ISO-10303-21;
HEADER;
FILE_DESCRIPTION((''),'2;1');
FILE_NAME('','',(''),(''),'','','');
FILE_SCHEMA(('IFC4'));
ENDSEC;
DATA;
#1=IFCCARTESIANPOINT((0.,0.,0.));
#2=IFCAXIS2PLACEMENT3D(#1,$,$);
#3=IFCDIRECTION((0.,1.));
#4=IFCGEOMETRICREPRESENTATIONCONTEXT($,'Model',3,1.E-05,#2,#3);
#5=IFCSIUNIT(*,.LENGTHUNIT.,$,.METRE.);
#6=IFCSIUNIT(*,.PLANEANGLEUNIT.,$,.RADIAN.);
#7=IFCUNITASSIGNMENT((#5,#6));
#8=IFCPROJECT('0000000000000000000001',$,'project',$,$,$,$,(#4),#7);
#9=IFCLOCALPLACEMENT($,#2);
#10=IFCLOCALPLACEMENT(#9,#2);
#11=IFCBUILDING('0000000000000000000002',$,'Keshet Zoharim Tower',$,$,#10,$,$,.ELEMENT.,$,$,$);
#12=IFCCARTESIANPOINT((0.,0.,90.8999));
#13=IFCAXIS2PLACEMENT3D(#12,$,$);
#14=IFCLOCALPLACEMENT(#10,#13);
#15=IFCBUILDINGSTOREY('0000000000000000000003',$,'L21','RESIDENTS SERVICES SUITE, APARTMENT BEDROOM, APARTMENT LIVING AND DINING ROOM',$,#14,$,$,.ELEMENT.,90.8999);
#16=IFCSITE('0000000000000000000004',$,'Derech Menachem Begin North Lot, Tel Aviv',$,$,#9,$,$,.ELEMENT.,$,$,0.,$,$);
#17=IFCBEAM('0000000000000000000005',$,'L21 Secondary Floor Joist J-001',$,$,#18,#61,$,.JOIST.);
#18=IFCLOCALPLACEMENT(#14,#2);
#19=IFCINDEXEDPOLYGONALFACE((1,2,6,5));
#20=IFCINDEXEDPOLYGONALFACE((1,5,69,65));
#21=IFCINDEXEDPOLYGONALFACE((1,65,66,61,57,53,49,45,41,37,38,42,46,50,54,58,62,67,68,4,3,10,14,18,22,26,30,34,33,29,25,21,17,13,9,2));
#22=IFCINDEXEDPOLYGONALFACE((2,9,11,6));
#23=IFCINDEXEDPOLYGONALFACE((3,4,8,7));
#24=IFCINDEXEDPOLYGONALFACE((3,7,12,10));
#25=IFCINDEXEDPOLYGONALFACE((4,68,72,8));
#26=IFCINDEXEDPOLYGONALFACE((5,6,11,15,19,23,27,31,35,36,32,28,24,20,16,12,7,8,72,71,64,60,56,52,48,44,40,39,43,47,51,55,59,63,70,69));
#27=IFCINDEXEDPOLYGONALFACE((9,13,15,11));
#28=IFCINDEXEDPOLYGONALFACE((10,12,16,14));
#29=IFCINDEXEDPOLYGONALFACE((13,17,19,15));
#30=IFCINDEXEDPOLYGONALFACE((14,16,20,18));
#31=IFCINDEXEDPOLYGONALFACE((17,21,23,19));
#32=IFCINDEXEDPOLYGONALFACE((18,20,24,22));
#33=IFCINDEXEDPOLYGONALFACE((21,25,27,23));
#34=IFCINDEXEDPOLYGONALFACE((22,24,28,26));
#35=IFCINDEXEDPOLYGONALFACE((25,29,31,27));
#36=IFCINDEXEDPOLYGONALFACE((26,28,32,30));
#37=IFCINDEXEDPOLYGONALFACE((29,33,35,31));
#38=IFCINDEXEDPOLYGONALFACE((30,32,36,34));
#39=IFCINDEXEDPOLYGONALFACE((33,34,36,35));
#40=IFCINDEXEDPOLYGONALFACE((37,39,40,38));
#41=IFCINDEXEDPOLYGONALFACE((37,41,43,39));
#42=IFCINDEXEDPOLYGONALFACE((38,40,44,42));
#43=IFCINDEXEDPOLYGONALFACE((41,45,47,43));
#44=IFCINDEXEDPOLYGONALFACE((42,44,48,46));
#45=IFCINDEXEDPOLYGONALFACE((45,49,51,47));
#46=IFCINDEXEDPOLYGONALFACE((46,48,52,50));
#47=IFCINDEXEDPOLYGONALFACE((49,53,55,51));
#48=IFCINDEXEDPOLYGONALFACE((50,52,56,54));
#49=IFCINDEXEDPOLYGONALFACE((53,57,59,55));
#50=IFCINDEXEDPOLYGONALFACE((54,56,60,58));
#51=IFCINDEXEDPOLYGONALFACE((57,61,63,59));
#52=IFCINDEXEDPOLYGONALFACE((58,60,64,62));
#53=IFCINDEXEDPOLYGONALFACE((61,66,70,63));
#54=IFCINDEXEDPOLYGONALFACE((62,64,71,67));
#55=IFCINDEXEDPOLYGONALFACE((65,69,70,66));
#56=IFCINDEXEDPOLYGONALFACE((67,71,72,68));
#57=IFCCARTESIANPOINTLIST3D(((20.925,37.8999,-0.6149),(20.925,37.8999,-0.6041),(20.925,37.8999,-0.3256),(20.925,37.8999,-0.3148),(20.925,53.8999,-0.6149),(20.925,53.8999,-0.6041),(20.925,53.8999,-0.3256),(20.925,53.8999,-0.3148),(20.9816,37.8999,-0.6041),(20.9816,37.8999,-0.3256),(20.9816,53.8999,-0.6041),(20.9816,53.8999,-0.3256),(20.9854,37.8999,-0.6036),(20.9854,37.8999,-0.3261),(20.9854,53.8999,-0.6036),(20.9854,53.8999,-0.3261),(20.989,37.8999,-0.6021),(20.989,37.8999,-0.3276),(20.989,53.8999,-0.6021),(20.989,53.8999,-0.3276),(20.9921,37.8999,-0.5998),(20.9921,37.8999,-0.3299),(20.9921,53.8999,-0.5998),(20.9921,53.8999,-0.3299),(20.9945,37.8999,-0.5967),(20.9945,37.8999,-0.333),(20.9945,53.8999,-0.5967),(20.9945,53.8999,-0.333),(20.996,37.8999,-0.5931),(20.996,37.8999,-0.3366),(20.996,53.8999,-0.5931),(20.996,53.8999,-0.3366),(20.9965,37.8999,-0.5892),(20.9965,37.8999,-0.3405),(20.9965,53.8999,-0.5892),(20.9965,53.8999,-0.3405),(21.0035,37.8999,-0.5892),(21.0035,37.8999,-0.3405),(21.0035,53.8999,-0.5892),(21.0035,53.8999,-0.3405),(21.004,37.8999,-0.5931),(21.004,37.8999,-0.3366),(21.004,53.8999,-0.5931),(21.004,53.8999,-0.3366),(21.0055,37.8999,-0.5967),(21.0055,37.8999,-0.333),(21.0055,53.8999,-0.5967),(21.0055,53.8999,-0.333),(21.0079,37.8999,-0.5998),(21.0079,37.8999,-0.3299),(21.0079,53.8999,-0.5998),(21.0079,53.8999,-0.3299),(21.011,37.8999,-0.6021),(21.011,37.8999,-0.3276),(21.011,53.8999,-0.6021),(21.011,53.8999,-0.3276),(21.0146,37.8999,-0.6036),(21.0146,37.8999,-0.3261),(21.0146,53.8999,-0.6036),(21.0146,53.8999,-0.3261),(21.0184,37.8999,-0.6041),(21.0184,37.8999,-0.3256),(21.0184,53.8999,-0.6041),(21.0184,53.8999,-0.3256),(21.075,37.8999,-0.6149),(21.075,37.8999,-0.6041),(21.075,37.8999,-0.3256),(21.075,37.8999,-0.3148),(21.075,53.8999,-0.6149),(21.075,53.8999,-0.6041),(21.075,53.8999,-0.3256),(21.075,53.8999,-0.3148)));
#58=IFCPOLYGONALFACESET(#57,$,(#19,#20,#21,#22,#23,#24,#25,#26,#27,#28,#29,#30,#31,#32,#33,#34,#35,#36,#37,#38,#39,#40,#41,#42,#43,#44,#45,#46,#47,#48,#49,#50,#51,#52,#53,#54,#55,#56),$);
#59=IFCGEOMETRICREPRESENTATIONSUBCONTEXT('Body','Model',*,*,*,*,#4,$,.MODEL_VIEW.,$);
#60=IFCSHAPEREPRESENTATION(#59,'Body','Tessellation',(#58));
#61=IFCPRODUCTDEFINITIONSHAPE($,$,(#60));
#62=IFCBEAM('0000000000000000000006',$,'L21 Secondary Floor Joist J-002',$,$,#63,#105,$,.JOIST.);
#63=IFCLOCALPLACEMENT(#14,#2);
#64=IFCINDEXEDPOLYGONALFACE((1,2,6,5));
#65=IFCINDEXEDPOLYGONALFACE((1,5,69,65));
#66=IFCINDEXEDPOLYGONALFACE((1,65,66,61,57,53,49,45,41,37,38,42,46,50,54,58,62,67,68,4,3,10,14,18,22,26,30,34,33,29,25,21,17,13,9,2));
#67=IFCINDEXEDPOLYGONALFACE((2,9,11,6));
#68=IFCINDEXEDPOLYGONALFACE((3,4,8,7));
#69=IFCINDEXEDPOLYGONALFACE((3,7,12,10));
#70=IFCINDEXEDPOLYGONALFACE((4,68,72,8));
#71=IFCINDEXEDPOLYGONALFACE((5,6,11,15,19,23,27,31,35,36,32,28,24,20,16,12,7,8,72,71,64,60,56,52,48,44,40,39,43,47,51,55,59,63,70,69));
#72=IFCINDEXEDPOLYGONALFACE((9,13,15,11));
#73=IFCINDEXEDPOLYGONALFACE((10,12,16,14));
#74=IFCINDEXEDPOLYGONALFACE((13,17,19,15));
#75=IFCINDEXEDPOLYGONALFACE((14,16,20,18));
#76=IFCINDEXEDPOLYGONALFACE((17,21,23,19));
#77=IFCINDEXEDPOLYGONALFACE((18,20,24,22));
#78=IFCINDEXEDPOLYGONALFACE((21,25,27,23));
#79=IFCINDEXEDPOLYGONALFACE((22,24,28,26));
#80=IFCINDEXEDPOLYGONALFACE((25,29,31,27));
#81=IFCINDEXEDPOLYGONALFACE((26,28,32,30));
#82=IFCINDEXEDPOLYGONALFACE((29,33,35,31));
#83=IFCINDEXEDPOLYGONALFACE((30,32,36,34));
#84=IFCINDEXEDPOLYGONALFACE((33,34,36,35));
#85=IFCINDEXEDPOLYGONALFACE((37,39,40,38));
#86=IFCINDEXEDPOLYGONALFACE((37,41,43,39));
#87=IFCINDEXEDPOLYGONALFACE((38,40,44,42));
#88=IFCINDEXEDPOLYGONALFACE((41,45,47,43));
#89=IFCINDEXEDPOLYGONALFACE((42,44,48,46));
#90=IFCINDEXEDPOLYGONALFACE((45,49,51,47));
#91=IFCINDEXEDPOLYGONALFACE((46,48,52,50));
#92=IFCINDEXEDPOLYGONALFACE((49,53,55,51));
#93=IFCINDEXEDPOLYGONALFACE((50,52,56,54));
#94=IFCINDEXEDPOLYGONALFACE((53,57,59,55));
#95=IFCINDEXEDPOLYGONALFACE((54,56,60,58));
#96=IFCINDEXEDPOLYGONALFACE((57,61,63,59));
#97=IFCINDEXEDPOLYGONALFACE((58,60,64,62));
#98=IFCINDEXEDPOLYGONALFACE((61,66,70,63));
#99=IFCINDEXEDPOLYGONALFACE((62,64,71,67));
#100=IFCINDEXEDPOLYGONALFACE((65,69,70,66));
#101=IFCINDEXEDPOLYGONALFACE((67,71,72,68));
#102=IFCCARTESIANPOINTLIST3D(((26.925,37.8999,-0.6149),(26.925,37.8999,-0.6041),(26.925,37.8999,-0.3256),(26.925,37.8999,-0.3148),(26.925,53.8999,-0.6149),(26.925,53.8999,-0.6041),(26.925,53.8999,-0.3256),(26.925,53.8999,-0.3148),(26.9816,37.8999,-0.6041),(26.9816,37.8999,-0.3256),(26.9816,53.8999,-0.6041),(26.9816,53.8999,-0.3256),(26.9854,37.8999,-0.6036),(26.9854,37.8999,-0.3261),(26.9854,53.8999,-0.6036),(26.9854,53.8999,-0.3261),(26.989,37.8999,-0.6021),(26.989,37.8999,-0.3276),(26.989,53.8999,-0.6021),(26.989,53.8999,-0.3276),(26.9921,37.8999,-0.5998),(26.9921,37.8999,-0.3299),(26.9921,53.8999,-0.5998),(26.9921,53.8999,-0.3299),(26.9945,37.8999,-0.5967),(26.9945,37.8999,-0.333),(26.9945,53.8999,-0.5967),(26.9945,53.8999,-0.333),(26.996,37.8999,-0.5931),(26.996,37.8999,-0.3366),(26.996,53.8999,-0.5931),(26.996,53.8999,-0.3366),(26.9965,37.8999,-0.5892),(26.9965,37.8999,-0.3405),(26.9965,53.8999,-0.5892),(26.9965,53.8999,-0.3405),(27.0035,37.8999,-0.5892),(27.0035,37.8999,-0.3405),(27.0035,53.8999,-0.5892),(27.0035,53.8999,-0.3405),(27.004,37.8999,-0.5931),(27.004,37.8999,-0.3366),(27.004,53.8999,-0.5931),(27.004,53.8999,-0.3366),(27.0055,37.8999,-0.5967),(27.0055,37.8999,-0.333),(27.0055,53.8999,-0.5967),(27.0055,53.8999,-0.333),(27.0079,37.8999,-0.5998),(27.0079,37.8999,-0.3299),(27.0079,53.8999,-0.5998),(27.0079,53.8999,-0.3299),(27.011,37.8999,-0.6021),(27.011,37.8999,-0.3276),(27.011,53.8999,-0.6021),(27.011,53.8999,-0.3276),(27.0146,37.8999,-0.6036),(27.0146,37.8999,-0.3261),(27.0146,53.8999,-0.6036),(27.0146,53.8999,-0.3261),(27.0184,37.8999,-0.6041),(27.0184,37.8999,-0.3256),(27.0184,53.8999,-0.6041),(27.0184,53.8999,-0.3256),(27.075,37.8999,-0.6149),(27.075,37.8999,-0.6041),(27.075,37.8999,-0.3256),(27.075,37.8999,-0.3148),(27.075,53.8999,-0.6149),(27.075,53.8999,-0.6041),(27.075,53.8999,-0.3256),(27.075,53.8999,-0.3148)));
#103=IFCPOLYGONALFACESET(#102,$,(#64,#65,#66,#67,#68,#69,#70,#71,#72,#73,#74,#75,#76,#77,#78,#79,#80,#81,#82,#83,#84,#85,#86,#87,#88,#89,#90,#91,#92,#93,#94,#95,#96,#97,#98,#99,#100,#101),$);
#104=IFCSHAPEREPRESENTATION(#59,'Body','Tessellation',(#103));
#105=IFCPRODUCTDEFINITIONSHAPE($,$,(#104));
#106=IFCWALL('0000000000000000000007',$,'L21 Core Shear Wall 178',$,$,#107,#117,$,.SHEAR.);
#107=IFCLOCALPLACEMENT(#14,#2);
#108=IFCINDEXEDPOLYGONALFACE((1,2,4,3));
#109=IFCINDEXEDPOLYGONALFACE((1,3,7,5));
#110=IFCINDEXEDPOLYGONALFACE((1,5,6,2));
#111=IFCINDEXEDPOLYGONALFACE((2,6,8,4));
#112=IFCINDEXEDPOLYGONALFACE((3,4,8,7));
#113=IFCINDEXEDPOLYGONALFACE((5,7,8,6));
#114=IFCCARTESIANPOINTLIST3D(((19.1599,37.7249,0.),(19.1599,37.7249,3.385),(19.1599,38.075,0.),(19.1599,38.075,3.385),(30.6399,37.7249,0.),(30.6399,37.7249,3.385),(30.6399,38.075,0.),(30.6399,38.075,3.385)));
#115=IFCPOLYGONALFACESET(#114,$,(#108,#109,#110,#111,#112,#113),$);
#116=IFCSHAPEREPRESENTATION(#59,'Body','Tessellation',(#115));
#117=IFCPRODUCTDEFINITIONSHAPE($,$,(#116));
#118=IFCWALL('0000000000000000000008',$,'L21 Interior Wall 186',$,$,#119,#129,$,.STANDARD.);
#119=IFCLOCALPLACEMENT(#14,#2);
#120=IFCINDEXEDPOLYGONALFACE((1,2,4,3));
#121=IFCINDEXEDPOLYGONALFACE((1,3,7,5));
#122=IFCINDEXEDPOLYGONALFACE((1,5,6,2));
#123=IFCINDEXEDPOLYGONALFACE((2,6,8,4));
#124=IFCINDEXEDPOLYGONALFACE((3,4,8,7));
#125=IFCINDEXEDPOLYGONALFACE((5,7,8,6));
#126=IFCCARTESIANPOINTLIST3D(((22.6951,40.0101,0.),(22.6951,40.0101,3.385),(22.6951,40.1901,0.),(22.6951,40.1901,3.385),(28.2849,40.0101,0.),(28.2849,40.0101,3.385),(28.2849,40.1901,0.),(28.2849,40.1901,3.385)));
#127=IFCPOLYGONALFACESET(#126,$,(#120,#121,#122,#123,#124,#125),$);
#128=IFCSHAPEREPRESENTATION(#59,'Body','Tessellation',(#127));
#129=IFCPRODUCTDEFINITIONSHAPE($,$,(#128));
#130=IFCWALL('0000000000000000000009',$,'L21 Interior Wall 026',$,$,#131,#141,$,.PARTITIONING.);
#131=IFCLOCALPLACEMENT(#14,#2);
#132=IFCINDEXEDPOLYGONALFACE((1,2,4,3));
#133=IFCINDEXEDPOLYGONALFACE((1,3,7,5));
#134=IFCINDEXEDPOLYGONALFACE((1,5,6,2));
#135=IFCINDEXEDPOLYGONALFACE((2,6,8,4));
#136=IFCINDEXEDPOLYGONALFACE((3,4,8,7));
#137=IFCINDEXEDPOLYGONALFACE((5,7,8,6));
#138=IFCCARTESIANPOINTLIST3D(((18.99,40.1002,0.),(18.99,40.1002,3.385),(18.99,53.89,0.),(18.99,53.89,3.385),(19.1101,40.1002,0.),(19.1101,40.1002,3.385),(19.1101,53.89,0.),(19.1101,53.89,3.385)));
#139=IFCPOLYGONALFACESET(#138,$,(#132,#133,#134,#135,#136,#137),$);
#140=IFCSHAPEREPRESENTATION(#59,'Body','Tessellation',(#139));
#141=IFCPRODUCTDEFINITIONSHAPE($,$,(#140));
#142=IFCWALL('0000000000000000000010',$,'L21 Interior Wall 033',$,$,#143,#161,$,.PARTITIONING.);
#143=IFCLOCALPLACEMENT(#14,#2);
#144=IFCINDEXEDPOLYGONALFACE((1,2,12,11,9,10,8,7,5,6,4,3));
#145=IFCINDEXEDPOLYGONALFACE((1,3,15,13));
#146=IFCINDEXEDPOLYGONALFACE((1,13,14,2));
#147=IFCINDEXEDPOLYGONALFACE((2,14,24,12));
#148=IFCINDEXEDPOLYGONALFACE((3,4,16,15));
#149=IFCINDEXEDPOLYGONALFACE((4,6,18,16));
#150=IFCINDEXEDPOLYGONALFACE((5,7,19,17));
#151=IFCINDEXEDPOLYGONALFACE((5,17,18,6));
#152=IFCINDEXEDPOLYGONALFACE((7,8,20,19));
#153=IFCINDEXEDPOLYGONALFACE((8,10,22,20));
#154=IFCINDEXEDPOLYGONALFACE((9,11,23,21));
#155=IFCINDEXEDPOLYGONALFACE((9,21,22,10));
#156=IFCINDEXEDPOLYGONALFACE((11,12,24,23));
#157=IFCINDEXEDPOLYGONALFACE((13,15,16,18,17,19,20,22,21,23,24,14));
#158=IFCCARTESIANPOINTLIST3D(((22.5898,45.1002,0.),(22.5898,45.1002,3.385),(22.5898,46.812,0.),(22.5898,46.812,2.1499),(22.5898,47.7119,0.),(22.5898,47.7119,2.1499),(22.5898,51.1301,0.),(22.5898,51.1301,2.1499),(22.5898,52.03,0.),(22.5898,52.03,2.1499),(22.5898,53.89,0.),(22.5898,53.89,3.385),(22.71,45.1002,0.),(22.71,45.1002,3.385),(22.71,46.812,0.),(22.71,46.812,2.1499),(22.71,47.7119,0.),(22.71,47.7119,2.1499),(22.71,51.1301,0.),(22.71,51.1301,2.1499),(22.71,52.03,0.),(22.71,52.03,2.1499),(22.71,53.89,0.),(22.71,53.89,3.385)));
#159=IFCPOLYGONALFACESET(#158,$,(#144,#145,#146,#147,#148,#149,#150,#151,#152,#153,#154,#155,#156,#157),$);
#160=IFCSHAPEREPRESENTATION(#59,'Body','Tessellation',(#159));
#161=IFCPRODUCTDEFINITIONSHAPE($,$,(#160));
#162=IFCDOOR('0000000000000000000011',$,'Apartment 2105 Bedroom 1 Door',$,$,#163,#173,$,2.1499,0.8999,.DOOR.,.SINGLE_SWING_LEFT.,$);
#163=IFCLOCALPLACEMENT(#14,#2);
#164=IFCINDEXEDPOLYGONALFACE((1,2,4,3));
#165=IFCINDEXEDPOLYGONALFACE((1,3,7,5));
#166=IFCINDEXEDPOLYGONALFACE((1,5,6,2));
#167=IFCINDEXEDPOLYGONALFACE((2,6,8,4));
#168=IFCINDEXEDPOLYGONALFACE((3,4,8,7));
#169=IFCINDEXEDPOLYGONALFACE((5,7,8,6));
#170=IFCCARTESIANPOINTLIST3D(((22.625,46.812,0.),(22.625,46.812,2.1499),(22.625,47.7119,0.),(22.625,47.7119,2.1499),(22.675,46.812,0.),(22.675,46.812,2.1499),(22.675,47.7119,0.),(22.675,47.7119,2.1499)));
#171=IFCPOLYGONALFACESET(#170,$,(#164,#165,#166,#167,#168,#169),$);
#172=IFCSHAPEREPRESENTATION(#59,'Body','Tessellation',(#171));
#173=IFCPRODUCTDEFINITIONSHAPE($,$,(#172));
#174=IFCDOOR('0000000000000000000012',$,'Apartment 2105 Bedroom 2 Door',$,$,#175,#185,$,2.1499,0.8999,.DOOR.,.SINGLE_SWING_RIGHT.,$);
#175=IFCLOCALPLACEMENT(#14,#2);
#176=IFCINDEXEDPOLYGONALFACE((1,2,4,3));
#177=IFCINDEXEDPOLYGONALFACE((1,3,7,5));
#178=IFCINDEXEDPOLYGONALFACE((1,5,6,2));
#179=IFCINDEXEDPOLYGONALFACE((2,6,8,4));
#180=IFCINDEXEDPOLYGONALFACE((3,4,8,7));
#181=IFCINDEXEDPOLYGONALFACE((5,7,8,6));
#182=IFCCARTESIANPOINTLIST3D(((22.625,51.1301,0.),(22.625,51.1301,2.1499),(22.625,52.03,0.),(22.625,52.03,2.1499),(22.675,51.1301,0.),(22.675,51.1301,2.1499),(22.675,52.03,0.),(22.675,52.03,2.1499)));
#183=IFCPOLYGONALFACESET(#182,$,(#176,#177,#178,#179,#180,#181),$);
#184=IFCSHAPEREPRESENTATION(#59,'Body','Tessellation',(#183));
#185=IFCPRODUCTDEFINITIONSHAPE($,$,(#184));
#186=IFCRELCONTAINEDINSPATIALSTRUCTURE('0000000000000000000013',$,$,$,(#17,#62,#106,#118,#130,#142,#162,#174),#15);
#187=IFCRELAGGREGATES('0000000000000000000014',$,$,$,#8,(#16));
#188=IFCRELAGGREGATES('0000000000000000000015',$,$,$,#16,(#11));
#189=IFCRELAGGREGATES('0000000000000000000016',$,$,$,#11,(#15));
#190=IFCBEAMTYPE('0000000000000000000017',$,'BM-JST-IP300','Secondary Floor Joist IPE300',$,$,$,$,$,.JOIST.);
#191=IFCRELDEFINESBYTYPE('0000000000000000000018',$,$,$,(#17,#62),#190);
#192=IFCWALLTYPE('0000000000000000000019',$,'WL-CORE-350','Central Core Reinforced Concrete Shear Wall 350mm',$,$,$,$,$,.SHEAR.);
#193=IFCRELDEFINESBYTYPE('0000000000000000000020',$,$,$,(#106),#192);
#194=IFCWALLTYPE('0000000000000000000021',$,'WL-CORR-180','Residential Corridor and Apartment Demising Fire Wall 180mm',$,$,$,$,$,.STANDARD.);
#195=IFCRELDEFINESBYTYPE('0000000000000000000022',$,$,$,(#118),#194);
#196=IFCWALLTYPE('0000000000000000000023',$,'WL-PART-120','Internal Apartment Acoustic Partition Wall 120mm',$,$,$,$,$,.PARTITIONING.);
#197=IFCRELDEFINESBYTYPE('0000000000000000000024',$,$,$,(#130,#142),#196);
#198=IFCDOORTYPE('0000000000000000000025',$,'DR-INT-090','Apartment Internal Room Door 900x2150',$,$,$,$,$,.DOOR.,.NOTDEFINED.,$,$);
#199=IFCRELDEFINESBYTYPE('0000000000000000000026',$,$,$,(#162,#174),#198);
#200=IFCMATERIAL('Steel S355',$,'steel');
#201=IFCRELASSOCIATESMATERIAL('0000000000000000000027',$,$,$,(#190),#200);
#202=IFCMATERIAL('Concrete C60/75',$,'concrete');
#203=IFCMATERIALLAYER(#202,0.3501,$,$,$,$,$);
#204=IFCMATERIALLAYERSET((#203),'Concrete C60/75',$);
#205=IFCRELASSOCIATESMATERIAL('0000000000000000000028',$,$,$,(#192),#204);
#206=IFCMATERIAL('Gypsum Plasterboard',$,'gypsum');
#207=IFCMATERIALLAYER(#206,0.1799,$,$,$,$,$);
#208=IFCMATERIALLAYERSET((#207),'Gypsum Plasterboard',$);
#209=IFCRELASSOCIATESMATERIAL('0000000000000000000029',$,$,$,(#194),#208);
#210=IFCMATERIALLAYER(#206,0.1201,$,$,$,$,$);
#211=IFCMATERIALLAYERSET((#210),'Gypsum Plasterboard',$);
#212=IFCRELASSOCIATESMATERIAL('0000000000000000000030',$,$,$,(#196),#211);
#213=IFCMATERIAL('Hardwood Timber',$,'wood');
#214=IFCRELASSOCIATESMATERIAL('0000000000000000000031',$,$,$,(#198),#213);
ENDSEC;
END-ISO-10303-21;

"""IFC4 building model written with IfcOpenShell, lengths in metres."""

from ifc_helpers import new_model, si_unit, direction, frame, frame_2d, origin, origin_2d, place, context, subcontext, project, spatial, rectangle, i_section, extrude, material, layer, layer_set, material_profile, profile_set, type_object, element, fill, save


model = new_model("IFC4")

# Units and contexts
model_context = context("Model", 3, precision=1e-05, world=origin(), true_north=direction((0.0, 1.0)))
body_context = subcontext(model_context, "Body", "Model", "MODEL_VIEW")
ifc_project = project(units=[si_unit("LENGTHUNIT", "METRE"), si_unit("PLANEANGLEUNIT", "RADIAN")], contexts=[model_context])

# Site, building, storey
site_placement = place(None, origin())
site = spatial("IfcSite", under=ifc_project, at=site_placement, Name="Derech Menachem Begin North Lot, Tel Aviv", CompositionType="ELEMENT", RefElevation=0.0)
building_placement = place(site_placement, origin())
building = spatial("IfcBuilding", under=site, at=building_placement, Name="Keshet Zoharim Tower", CompositionType="ELEMENT")
storey_placement = place(building_placement, frame((0.0, 0.0, 90.8999)))
storey = spatial("IfcBuildingStorey", under=building, at=storey_placement, Name="L21", Description="RESIDENTS SERVICES SUITE, APARTMENT BEDROOM, APARTMENT LIVING AND DINING ROOM", CompositionType="ELEMENT", Elevation=90.8999)

# Beams
ifc_material_1 = material(Name="Steel S355", Category="steel")
ifc_material_profile = material_profile(ifc_material_1, i_section(OverallWidth=0.1499, OverallDepth=0.3, WebThickness=0.0071, FlangeThickness=0.0107, FilletRadius=0.0149, at=origin_2d()), Name="IPE300")
ifc_profile_set = profile_set([ifc_material_profile], Name="Steel S355")
beam_type = type_object("IfcBeamType", Name="BM-JST-IP300", Description="Secondary Floor Joist IPE300", PredefinedType="JOIST", material=ifc_profile_set)
for number, where, z_axis, x_axis, name in (
    (1, (21.0, 37.8999, -0.4648), (0.0, 1.0, 0.0), (-1.0, 0.0, 0.0), "L21 Secondary Floor Joist J-001"),
    (2, (27.0, 37.8999, -0.4648), (0.0, 1.0, 0.0), (-1.0, 0.0, 0.0), "L21 Secondary Floor Joist J-002"),
):
    element("IfcBeam", number, at=place(storey_placement, frame(where, z_axis=z_axis, x_axis=x_axis)), inside=storey, type_object=beam_type, Name=name, PredefinedType="JOIST", context=body_context, shape_type="SweptSolid", body=[
        extrude(i_section(OverallWidth=0.1499, OverallDepth=0.3, WebThickness=0.0071, FlangeThickness=0.0107, FilletRadius=0.0149, at=origin_2d()), origin(), (0.0, 0.0, 1.0), 16.0),
    ])

# Wall
ifc_material_2 = material(Name="Concrete C60/75", Category="concrete")
ifc_layer_1 = layer(ifc_material_2, 0.3501)
ifc_layer_set_1 = layer_set([ifc_layer_1], Name="Concrete C60/75")
wall_type_1 = type_object("IfcWallType", Name="WL-CORE-350", Description="Central Core Reinforced Concrete Shear Wall 350mm", PredefinedType="SHEAR", material=ifc_layer_set_1)
wall_1_placement = place(storey_placement, frame((19.1599, 37.8999, 0.0), z_axis=(0.0, 0.0, 1.0), x_axis=(1.0, 0.0, 0.0)))
element("IfcWall", 3, at=wall_1_placement, inside=storey, type_object=wall_type_1, Name="L21 Core Shear Wall 178", PredefinedType="SHEAR", context=body_context, shape_type="SweptSolid", body=[
    extrude(rectangle(XDim=11.48, YDim=0.3501, at=frame_2d((5.74, 0.0))), origin(), (0.0, 0.0, 1.0), 3.385),
])

# Shared definitions
ifc_material_3 = material(Name="Gypsum Plasterboard", Category="gypsum")
ifc_layer_2 = layer(ifc_material_3, 0.1799)
ifc_layer_set_2 = layer_set([ifc_layer_2], Name="Gypsum Plasterboard")
wall_type_2 = type_object("IfcWallType", Name="WL-CORR-180", Description="Residential Corridor and Apartment Demising Fire Wall 180mm", PredefinedType="STANDARD", material=ifc_layer_set_2)
ifc_material_4 = material(Name="Hardwood Timber", Category="wood")

# Walls
wall_2_placement = place(storey_placement, frame((22.6951, 40.1001, 0.0), z_axis=(0.0, 0.0, 1.0), x_axis=(1.0, 0.0, 0.0)))
element("IfcWall", 4, at=wall_2_placement, inside=storey, type_object=wall_type_2, Name="L21 Interior Wall 186", PredefinedType="STANDARD", context=body_context, shape_type="SweptSolid", body=[
    extrude(rectangle(XDim=5.5898, YDim=0.1799, at=frame_2d((2.7949, 0.0))), origin(), (0.0, 0.0, 1.0), 3.385),
])
ifc_layer_3 = layer(ifc_material_3, 0.1201)
ifc_layer_set_3 = layer_set([ifc_layer_3], Name="Gypsum Plasterboard")
wall_type_3 = type_object("IfcWallType", Name="WL-PART-120", Description="Internal Apartment Acoustic Partition Wall 120mm", PredefinedType="PARTITIONING", material=ifc_layer_set_3)
wall_3_placement = place(storey_placement, frame((19.05, 40.1001, 0.0), z_axis=(0.0, 0.0, 1.0), x_axis=(0.0, 1.0, 0.0)))
element("IfcWall", 5, at=wall_3_placement, inside=storey, type_object=wall_type_3, Name="L21 Interior Wall 026", PredefinedType="PARTITIONING", context=body_context, shape_type="SweptSolid", body=[
    extrude(rectangle(XDim=13.7898, YDim=0.1201, at=frame_2d((6.895, 0.0))), origin(), (0.0, 0.0, 1.0), 3.385),
])

# Shared definitions
door_type_1 = type_object("IfcDoorType", Name="DR-INT-090", Description="Apartment Internal Room Door 900x2150", OperationType="NOTDEFINED", PredefinedType="DOOR", material=ifc_material_4)

# Wall, openings, doors
wall_4_placement = place(storey_placement, frame((22.6499, 45.1001, 0.0), z_axis=(0.0, 0.0, 1.0), x_axis=(0.0, 1.0, 0.0)))
wall_4 = element("IfcWall", 6, at=wall_4_placement, inside=storey, type_object=wall_type_3, Name="L21 Interior Wall 033", PredefinedType="PARTITIONING", context=body_context, shape_type="SweptSolid", body=[
    extrude(rectangle(XDim=8.7898, YDim=0.1201, at=frame_2d((4.395, 0.0))), origin(), (0.0, 0.0, 1.0), 3.385),
])
opening_1_placement = place(wall_4_placement, frame((1.7119, 0.0, 0.0)))
opening_1 = element("IfcOpeningElement", 7, at=opening_1_placement, cuts=wall_4, PredefinedType="OPENING", context=body_context, shape_type="SweptSolid", body=[
    extrude(rectangle(XDim=0.8999, YDim=2.1499, at=frame_2d((0.45, 1.075))), frame((0.0, 0.0701, 0.0), z_axis=(0.0, -1.0, 0.0), x_axis=(1.0, 0.0, 0.0)), (0.0, 0.0, 1.0), 0.1401),
])
opening_2_placement = place(wall_4_placement, frame((6.03, 0.0, 0.0)))
opening_2 = element("IfcOpeningElement", 8, at=opening_2_placement, cuts=wall_4, PredefinedType="OPENING", context=body_context, shape_type="SweptSolid", body=[
    extrude(rectangle(XDim=0.8999, YDim=2.1499, at=frame_2d((0.45, 1.075))), frame((0.0, 0.0701, 0.0), z_axis=(0.0, -1.0, 0.0), x_axis=(1.0, 0.0, 0.0)), (0.0, 0.0, 1.0), 0.1401),
])
door_1_placement = place(opening_1_placement, origin())
door_1 = element("IfcDoor", 9, at=door_1_placement, inside=storey, type_object=door_type_1, Name="Apartment 2105 Bedroom 1 Door", OperationType="SINGLE_SWING_LEFT", OverallHeight=2.1499, OverallWidth=0.8999, PredefinedType="DOOR", context=body_context, shape_type="SweptSolid", body=[
    extrude(rectangle(XDim=0.8999, YDim=2.1499, at=frame_2d((0.45, 1.075))), frame((0.0, 0.0249, 0.0), z_axis=(0.0, -1.0, 0.0), x_axis=(1.0, 0.0, 0.0)), (0.0, 0.0, 1.0), 0.05),
])
fill(opening_1, door_1)
door_2_placement = place(opening_2_placement, origin())
door_2 = element("IfcDoor", 10, at=door_2_placement, inside=storey, type_object=door_type_1, Name="Apartment 2105 Bedroom 2 Door", OperationType="SINGLE_SWING_RIGHT", OverallHeight=2.1499, OverallWidth=0.8999, PredefinedType="DOOR", context=body_context, shape_type="SweptSolid", body=[
    extrude(rectangle(XDim=0.8999, YDim=2.1499, at=frame_2d((0.45, 1.075))), frame((0.0, 0.0249, 0.0), z_axis=(0.0, -1.0, 0.0), x_axis=(1.0, 0.0, 0.0)), (0.0, 0.0, 1.0), 0.05),
])
fill(opening_2, door_2)

save(model, "model.ifc")
